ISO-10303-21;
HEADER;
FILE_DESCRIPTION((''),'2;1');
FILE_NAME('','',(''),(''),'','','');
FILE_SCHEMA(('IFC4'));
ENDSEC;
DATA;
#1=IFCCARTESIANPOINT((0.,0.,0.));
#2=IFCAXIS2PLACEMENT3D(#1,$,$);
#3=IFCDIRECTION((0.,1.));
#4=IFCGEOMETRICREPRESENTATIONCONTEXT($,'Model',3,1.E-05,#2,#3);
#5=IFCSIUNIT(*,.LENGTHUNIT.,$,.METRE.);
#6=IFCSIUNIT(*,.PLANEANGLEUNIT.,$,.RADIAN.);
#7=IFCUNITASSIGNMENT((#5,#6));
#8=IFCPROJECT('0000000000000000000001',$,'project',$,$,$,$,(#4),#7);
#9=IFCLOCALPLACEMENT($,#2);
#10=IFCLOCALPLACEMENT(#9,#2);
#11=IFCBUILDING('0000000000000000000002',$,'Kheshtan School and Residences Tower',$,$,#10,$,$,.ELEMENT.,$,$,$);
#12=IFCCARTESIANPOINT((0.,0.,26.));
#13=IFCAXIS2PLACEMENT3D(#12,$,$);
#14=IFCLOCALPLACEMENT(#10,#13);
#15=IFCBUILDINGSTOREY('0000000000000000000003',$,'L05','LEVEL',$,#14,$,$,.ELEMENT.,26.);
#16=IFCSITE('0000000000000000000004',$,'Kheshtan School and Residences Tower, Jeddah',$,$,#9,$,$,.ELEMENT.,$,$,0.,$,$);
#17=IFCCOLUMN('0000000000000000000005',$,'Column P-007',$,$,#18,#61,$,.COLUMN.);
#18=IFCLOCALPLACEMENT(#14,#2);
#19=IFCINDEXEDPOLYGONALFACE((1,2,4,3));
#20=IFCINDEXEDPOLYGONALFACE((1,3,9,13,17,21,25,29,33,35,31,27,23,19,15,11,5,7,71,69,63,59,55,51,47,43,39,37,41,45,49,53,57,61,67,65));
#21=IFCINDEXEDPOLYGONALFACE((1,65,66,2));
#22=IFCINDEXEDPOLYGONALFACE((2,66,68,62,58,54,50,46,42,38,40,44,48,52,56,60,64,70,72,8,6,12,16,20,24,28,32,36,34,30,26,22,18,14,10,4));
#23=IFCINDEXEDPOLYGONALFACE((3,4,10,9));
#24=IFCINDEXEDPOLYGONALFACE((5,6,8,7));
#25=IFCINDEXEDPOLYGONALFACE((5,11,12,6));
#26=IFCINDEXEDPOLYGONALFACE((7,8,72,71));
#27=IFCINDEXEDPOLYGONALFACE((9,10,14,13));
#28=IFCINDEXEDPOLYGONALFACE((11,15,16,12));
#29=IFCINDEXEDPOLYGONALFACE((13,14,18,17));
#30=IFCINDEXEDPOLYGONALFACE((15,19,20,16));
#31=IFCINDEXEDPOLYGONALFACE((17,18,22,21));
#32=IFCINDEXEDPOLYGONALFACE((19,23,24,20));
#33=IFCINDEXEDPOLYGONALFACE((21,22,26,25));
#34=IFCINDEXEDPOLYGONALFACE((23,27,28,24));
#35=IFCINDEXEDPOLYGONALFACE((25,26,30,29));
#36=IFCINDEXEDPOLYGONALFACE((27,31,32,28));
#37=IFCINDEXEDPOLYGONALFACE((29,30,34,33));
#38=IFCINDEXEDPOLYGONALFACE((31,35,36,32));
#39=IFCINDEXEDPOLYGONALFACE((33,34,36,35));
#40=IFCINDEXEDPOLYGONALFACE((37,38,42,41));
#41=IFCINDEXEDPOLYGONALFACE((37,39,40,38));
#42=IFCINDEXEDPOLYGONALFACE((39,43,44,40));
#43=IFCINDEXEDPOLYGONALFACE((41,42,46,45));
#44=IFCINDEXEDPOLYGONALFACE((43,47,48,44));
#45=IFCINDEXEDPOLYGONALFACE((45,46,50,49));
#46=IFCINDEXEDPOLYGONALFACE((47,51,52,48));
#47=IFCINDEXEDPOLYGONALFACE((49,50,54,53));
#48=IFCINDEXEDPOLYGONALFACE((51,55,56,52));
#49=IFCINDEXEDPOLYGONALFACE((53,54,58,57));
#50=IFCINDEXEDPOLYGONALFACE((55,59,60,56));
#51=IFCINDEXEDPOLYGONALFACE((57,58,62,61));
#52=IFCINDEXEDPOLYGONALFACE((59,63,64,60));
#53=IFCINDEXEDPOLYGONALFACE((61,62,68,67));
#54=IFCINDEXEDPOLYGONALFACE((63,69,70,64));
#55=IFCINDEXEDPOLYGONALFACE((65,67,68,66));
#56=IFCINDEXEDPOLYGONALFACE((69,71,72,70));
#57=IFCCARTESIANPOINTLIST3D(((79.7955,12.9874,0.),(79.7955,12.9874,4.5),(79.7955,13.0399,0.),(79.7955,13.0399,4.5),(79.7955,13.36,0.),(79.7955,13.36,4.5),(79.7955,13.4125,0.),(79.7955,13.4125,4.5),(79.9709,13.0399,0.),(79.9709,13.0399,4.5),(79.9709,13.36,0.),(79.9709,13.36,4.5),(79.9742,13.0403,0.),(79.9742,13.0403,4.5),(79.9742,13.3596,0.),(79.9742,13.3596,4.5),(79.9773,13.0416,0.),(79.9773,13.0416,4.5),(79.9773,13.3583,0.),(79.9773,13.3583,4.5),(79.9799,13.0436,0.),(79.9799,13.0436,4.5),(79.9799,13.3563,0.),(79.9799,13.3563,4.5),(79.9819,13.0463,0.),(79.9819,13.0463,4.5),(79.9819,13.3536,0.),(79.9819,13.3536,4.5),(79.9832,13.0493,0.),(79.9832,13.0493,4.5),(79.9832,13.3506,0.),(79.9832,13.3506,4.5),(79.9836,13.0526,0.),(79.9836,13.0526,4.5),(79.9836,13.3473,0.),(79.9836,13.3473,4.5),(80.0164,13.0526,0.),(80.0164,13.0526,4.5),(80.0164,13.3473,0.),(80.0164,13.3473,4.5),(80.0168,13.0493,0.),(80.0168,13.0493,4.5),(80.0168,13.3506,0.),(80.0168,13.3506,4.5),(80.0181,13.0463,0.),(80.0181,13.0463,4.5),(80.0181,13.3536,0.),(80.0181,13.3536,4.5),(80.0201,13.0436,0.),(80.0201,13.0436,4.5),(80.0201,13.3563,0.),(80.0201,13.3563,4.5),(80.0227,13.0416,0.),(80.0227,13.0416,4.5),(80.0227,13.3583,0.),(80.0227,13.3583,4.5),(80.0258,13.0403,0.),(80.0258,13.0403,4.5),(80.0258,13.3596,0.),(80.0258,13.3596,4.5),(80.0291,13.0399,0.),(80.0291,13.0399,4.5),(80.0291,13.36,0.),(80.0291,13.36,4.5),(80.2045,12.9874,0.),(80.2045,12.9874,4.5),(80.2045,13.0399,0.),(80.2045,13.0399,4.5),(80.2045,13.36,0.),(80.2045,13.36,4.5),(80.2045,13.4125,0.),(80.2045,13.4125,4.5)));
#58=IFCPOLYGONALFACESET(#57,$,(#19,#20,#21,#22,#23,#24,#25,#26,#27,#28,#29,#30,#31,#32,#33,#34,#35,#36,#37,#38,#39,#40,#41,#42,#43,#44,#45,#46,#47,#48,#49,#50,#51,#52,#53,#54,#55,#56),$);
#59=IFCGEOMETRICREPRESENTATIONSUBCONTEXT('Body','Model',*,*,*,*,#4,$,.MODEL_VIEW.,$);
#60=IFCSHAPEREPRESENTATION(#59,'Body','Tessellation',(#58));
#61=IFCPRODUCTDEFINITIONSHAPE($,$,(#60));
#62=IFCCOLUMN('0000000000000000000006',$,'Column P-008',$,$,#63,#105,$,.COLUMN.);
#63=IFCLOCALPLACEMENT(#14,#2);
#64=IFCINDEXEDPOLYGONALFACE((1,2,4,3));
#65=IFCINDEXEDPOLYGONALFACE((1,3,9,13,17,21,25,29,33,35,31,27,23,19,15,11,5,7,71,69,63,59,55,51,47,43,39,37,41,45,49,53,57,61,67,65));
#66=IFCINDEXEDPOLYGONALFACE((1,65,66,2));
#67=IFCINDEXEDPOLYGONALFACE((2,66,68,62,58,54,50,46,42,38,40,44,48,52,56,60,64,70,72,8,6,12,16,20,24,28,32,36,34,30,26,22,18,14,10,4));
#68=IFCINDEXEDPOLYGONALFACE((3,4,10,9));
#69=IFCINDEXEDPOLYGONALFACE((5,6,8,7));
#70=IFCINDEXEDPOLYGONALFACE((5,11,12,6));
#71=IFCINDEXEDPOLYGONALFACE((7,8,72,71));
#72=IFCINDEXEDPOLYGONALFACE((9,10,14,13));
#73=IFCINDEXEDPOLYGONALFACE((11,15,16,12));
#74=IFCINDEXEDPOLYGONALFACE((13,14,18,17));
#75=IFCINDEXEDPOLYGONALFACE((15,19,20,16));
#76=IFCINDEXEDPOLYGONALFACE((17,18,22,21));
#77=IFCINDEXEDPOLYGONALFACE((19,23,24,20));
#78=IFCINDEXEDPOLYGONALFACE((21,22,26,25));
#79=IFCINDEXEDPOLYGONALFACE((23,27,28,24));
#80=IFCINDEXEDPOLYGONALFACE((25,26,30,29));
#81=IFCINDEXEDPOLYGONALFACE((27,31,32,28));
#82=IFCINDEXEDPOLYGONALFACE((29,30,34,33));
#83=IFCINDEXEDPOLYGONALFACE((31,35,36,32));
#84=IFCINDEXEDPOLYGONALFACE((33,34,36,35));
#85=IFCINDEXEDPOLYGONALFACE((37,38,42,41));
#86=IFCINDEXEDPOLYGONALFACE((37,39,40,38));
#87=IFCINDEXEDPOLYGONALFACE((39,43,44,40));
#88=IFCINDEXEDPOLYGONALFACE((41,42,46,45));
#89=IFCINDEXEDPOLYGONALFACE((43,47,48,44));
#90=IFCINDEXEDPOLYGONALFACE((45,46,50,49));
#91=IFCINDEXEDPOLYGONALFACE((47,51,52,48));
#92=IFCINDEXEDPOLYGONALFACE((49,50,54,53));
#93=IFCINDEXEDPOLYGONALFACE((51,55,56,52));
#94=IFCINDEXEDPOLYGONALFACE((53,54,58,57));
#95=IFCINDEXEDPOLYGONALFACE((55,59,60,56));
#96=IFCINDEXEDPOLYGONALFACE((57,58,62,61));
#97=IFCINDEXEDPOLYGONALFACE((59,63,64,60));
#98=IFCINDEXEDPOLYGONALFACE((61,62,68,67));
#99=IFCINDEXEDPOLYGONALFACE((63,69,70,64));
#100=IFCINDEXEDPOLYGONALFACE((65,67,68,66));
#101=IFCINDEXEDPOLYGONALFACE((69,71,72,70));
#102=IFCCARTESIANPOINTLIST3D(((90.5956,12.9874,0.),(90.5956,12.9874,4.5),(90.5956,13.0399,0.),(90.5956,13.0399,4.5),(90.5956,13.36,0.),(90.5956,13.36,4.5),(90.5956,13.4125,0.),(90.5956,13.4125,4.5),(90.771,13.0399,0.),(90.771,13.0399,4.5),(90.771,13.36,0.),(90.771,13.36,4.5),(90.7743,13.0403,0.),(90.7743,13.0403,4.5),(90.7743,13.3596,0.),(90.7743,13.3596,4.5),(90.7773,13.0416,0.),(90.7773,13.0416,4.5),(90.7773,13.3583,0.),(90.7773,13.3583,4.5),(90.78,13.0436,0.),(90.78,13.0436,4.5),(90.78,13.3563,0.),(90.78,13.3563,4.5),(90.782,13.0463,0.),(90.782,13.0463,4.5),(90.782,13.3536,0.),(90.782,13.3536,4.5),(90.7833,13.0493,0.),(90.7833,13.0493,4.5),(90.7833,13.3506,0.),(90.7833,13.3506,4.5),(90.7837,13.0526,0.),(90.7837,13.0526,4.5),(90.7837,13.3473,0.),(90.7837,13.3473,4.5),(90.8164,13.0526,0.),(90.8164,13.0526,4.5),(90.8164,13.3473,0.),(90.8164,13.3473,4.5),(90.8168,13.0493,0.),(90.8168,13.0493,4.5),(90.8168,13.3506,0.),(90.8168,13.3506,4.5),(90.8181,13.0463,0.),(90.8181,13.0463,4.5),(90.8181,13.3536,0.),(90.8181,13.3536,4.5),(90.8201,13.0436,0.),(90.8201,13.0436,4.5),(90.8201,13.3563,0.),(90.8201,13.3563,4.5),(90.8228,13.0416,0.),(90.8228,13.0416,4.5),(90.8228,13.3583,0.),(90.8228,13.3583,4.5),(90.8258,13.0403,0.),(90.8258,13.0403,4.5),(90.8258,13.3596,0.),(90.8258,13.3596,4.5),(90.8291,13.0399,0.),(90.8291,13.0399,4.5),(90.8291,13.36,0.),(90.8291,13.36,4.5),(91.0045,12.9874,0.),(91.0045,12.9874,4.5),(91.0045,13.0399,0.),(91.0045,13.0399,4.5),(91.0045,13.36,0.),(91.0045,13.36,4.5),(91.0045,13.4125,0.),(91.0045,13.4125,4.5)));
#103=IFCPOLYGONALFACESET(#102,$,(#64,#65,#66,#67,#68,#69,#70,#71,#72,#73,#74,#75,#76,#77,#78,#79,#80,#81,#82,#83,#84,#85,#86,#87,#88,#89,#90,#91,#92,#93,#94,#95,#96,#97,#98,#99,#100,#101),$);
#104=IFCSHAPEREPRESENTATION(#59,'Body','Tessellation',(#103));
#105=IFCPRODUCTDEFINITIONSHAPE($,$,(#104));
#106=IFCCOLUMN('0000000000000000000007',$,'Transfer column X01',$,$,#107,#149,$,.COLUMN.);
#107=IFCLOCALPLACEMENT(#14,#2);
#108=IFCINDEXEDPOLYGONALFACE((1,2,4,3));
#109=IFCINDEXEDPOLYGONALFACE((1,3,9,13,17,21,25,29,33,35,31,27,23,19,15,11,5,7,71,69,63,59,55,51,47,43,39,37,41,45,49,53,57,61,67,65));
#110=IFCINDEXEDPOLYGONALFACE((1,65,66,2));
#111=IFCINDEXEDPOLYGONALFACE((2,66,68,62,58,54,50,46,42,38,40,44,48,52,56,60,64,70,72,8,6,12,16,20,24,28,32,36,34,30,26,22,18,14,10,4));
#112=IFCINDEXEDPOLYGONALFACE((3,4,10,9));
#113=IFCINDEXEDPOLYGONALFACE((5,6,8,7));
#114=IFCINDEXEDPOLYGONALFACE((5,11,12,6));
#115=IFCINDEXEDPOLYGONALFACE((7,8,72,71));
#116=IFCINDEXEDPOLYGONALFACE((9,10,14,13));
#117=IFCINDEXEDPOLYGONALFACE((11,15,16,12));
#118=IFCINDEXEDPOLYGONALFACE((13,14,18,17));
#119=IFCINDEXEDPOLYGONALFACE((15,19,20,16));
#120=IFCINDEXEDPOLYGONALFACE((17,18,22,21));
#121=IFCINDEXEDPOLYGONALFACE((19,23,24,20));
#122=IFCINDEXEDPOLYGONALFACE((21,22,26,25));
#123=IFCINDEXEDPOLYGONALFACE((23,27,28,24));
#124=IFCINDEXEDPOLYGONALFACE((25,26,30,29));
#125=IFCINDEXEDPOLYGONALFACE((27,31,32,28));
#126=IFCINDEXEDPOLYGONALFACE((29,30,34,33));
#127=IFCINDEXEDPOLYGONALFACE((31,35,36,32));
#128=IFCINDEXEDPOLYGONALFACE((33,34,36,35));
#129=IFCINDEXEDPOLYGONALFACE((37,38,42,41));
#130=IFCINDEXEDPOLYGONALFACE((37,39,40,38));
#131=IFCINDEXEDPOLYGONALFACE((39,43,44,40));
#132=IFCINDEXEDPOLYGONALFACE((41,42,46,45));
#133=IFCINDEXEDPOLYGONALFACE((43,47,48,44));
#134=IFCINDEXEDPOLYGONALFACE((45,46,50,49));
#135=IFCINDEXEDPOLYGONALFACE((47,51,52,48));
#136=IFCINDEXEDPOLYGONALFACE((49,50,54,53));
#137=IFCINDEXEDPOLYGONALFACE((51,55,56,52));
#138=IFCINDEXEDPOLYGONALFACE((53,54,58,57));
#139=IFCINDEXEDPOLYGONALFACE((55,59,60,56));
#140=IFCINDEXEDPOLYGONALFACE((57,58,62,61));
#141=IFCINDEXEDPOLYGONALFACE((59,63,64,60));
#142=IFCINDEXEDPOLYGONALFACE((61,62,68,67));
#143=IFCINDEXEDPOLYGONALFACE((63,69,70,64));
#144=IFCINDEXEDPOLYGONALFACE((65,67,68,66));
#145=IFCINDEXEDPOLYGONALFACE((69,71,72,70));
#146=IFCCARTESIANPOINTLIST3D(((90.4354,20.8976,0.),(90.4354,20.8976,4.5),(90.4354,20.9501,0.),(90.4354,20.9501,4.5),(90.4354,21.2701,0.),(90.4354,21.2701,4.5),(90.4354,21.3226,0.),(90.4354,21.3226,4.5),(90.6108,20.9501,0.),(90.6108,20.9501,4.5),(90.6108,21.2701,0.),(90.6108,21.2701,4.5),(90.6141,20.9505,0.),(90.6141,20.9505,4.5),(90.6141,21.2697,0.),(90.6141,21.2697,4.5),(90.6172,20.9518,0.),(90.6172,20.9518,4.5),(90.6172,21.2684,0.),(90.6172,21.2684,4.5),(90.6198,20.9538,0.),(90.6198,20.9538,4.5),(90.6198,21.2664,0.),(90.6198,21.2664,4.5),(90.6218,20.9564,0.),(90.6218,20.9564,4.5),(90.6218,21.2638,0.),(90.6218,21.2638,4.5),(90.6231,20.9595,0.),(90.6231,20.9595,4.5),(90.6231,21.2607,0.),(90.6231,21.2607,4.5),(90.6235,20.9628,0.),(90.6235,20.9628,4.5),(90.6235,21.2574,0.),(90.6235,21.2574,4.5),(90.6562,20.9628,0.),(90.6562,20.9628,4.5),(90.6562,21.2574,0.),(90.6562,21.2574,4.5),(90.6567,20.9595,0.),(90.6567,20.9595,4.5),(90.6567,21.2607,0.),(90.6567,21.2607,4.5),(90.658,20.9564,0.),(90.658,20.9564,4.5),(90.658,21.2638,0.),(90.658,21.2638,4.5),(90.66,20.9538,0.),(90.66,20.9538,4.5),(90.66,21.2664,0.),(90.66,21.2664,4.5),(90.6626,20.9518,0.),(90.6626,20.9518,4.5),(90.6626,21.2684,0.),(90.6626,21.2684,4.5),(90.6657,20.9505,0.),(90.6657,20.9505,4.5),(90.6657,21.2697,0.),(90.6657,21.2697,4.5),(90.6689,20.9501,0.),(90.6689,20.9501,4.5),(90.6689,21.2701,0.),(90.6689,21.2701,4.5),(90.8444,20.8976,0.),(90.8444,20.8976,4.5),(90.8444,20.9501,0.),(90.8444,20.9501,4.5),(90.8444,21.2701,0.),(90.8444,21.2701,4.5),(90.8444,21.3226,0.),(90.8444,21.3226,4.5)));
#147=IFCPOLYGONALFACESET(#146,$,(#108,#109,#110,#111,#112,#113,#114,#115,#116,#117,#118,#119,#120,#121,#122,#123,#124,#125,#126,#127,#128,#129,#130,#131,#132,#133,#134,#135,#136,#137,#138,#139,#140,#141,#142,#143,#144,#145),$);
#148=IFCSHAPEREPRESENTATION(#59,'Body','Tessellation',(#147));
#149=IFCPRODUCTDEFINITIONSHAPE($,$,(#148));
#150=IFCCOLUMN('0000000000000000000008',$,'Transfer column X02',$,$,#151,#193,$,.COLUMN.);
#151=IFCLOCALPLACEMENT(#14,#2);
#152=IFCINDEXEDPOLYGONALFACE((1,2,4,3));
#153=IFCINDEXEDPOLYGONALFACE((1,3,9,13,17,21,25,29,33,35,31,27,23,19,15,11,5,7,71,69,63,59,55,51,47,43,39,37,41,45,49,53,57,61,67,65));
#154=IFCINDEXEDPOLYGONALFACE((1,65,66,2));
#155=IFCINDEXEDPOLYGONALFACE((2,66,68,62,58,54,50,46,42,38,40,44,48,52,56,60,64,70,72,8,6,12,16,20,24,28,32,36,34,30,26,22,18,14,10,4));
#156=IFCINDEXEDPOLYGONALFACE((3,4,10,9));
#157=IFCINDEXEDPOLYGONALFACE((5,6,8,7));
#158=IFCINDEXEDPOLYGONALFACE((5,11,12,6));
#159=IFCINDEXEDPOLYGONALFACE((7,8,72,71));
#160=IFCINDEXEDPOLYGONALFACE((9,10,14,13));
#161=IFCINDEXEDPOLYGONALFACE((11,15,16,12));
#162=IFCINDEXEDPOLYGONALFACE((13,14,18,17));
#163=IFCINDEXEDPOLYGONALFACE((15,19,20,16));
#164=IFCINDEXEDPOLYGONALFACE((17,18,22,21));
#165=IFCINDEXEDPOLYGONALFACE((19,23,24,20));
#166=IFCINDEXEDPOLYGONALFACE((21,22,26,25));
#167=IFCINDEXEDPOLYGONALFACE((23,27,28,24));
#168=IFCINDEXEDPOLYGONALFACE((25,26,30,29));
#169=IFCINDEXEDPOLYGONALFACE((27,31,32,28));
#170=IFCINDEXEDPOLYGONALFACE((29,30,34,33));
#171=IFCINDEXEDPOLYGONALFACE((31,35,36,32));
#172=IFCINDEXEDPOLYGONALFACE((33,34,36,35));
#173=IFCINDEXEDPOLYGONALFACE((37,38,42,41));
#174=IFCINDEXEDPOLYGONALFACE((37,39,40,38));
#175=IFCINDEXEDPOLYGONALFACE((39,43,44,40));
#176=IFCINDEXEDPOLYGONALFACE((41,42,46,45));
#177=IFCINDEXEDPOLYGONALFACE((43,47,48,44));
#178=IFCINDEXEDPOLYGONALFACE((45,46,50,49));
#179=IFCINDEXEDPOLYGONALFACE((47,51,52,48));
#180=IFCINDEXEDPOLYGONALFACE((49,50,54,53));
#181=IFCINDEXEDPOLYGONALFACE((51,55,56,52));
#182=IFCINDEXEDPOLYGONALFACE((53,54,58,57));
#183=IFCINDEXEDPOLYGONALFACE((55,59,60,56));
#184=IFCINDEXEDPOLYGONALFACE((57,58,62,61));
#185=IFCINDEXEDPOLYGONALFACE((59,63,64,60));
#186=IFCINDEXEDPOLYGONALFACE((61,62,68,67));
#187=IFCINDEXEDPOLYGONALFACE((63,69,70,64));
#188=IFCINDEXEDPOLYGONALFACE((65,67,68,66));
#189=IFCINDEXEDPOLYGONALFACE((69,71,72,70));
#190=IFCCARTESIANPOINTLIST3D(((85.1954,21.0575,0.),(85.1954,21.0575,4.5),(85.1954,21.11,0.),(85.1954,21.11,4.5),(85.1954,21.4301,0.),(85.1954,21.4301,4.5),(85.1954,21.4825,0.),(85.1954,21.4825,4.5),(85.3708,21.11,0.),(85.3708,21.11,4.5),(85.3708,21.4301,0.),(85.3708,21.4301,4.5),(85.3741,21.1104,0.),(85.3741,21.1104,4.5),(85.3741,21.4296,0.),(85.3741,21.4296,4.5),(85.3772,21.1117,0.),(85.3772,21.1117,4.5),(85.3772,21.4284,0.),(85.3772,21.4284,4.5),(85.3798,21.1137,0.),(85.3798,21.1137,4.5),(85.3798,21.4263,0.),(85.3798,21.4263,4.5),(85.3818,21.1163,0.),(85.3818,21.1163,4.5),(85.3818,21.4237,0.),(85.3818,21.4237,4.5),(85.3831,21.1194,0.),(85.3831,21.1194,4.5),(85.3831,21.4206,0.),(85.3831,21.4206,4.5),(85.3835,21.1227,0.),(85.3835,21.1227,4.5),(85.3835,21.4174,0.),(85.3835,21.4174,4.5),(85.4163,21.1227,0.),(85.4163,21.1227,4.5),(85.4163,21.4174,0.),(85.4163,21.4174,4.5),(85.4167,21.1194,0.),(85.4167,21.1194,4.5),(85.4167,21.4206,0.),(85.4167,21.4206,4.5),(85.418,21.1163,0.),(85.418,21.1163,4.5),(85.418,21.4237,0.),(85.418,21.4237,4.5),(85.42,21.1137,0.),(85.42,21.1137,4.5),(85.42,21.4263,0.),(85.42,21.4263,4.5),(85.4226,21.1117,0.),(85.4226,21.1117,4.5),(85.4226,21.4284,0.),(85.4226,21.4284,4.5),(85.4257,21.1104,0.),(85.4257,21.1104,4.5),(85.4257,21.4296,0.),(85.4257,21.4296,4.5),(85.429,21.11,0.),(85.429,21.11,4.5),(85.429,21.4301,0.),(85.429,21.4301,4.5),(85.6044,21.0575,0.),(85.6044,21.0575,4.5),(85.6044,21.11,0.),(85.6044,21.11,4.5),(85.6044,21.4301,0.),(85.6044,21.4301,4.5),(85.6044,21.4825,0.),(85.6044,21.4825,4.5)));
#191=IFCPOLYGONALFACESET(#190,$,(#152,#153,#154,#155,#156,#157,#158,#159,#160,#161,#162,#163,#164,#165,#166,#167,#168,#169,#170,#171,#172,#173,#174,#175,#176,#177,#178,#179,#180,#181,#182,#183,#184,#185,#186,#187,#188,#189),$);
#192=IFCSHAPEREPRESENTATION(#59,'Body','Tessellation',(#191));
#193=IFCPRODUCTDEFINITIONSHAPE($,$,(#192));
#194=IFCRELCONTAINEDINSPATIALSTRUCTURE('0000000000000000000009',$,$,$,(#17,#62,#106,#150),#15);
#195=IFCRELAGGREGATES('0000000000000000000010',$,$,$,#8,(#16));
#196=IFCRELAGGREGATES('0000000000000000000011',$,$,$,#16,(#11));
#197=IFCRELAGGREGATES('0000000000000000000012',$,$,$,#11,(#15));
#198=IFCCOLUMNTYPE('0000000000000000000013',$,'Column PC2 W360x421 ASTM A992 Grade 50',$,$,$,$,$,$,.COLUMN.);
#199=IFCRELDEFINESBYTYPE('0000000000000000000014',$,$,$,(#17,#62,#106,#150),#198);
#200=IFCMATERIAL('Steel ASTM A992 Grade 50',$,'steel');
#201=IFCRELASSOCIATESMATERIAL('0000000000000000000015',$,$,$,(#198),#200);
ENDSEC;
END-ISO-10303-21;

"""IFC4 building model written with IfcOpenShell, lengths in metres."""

from ifc_helpers import new_model, si_unit, direction, frame, origin, origin_2d, place, context, subcontext, project, spatial, i_section, extrude, material, material_profile, profile_set, type_object, element, save


model = new_model("IFC4")

# Units and contexts
model_context = context("Model", 3, precision=1e-05, world=origin(), true_north=direction((0.0, 1.0)))
body_context = subcontext(model_context, "Body", "Model", "MODEL_VIEW")
ifc_project = project(units=[si_unit("LENGTHUNIT", "METRE"), si_unit("PLANEANGLEUNIT", "RADIAN")], contexts=[model_context])

# Site, building, storey
site_placement = place(None, origin())
site = spatial("IfcSite", under=ifc_project, at=site_placement, Name="Kheshtan School and Residences Tower, Jeddah", CompositionType="ELEMENT", RefElevation=0.0)
building_placement = place(site_placement, origin())
building = spatial("IfcBuilding", under=site, at=building_placement, Name="Kheshtan School and Residences Tower", CompositionType="ELEMENT")
storey_placement = place(building_placement, frame((0.0, 0.0, 26.0)))
storey = spatial("IfcBuildingStorey", under=building, at=storey_placement, Name="L05", Description="LEVEL", CompositionType="ELEMENT", Elevation=26.0)

# Columns
ifc_material_1 = material(Name="Steel ASTM A992 Grade 50", Category="steel")
ifc_material_profile_1 = material_profile(ifc_material_1, i_section(OverallWidth=0.4089, OverallDepth=0.425, WebThickness=0.0327, FlangeThickness=0.0525, FilletRadius=0.0127, at=origin_2d()), Name="W360x421")
ifc_profile_set_1 = profile_set([ifc_material_profile_1], Name="Steel ASTM A992 Grade 50")
column_type = type_object("IfcColumnType", Name="Column PC2 W360x421 ASTM A992 Grade 50", PredefinedType="COLUMN", material=ifc_profile_set_1)
for number, where, z_axis, x_axis, name in (
    (1, (80.0, 13.2, 0.0), (0.0, 0.0, 1.0), (1.0, 0.0, 0.0), "Column P-007"),
    (2, (90.8, 13.2, 0.0), (0.0, 0.0, 1.0), (1.0, 0.0, 0.0), "Column P-008"),
    (3, (90.6399, 21.1101, 0.0), (0.0, 0.0, 1.0), (1.0, 0.0, 0.0), "Transfer column X01"),
    (4, (85.3999, 21.27, 0.0), (0.0, 0.0, 1.0), (1.0, 0.0, 0.0), "Transfer column X02"),
):
    element("IfcColumn", number, at=place(storey_placement, frame(where, z_axis=z_axis, x_axis=x_axis)), inside=storey, type_object=column_type, Name=name, PredefinedType="COLUMN", context=body_context, shape_type="SweptSolid", body=[
        extrude(i_section(OverallWidth=0.4089, OverallDepth=0.425, WebThickness=0.0327, FlangeThickness=0.0525, FilletRadius=0.0127, at=origin_2d()), origin(), (0.0, 0.0, 1.0), 4.5),
    ])

save(model, "model.ifc")
